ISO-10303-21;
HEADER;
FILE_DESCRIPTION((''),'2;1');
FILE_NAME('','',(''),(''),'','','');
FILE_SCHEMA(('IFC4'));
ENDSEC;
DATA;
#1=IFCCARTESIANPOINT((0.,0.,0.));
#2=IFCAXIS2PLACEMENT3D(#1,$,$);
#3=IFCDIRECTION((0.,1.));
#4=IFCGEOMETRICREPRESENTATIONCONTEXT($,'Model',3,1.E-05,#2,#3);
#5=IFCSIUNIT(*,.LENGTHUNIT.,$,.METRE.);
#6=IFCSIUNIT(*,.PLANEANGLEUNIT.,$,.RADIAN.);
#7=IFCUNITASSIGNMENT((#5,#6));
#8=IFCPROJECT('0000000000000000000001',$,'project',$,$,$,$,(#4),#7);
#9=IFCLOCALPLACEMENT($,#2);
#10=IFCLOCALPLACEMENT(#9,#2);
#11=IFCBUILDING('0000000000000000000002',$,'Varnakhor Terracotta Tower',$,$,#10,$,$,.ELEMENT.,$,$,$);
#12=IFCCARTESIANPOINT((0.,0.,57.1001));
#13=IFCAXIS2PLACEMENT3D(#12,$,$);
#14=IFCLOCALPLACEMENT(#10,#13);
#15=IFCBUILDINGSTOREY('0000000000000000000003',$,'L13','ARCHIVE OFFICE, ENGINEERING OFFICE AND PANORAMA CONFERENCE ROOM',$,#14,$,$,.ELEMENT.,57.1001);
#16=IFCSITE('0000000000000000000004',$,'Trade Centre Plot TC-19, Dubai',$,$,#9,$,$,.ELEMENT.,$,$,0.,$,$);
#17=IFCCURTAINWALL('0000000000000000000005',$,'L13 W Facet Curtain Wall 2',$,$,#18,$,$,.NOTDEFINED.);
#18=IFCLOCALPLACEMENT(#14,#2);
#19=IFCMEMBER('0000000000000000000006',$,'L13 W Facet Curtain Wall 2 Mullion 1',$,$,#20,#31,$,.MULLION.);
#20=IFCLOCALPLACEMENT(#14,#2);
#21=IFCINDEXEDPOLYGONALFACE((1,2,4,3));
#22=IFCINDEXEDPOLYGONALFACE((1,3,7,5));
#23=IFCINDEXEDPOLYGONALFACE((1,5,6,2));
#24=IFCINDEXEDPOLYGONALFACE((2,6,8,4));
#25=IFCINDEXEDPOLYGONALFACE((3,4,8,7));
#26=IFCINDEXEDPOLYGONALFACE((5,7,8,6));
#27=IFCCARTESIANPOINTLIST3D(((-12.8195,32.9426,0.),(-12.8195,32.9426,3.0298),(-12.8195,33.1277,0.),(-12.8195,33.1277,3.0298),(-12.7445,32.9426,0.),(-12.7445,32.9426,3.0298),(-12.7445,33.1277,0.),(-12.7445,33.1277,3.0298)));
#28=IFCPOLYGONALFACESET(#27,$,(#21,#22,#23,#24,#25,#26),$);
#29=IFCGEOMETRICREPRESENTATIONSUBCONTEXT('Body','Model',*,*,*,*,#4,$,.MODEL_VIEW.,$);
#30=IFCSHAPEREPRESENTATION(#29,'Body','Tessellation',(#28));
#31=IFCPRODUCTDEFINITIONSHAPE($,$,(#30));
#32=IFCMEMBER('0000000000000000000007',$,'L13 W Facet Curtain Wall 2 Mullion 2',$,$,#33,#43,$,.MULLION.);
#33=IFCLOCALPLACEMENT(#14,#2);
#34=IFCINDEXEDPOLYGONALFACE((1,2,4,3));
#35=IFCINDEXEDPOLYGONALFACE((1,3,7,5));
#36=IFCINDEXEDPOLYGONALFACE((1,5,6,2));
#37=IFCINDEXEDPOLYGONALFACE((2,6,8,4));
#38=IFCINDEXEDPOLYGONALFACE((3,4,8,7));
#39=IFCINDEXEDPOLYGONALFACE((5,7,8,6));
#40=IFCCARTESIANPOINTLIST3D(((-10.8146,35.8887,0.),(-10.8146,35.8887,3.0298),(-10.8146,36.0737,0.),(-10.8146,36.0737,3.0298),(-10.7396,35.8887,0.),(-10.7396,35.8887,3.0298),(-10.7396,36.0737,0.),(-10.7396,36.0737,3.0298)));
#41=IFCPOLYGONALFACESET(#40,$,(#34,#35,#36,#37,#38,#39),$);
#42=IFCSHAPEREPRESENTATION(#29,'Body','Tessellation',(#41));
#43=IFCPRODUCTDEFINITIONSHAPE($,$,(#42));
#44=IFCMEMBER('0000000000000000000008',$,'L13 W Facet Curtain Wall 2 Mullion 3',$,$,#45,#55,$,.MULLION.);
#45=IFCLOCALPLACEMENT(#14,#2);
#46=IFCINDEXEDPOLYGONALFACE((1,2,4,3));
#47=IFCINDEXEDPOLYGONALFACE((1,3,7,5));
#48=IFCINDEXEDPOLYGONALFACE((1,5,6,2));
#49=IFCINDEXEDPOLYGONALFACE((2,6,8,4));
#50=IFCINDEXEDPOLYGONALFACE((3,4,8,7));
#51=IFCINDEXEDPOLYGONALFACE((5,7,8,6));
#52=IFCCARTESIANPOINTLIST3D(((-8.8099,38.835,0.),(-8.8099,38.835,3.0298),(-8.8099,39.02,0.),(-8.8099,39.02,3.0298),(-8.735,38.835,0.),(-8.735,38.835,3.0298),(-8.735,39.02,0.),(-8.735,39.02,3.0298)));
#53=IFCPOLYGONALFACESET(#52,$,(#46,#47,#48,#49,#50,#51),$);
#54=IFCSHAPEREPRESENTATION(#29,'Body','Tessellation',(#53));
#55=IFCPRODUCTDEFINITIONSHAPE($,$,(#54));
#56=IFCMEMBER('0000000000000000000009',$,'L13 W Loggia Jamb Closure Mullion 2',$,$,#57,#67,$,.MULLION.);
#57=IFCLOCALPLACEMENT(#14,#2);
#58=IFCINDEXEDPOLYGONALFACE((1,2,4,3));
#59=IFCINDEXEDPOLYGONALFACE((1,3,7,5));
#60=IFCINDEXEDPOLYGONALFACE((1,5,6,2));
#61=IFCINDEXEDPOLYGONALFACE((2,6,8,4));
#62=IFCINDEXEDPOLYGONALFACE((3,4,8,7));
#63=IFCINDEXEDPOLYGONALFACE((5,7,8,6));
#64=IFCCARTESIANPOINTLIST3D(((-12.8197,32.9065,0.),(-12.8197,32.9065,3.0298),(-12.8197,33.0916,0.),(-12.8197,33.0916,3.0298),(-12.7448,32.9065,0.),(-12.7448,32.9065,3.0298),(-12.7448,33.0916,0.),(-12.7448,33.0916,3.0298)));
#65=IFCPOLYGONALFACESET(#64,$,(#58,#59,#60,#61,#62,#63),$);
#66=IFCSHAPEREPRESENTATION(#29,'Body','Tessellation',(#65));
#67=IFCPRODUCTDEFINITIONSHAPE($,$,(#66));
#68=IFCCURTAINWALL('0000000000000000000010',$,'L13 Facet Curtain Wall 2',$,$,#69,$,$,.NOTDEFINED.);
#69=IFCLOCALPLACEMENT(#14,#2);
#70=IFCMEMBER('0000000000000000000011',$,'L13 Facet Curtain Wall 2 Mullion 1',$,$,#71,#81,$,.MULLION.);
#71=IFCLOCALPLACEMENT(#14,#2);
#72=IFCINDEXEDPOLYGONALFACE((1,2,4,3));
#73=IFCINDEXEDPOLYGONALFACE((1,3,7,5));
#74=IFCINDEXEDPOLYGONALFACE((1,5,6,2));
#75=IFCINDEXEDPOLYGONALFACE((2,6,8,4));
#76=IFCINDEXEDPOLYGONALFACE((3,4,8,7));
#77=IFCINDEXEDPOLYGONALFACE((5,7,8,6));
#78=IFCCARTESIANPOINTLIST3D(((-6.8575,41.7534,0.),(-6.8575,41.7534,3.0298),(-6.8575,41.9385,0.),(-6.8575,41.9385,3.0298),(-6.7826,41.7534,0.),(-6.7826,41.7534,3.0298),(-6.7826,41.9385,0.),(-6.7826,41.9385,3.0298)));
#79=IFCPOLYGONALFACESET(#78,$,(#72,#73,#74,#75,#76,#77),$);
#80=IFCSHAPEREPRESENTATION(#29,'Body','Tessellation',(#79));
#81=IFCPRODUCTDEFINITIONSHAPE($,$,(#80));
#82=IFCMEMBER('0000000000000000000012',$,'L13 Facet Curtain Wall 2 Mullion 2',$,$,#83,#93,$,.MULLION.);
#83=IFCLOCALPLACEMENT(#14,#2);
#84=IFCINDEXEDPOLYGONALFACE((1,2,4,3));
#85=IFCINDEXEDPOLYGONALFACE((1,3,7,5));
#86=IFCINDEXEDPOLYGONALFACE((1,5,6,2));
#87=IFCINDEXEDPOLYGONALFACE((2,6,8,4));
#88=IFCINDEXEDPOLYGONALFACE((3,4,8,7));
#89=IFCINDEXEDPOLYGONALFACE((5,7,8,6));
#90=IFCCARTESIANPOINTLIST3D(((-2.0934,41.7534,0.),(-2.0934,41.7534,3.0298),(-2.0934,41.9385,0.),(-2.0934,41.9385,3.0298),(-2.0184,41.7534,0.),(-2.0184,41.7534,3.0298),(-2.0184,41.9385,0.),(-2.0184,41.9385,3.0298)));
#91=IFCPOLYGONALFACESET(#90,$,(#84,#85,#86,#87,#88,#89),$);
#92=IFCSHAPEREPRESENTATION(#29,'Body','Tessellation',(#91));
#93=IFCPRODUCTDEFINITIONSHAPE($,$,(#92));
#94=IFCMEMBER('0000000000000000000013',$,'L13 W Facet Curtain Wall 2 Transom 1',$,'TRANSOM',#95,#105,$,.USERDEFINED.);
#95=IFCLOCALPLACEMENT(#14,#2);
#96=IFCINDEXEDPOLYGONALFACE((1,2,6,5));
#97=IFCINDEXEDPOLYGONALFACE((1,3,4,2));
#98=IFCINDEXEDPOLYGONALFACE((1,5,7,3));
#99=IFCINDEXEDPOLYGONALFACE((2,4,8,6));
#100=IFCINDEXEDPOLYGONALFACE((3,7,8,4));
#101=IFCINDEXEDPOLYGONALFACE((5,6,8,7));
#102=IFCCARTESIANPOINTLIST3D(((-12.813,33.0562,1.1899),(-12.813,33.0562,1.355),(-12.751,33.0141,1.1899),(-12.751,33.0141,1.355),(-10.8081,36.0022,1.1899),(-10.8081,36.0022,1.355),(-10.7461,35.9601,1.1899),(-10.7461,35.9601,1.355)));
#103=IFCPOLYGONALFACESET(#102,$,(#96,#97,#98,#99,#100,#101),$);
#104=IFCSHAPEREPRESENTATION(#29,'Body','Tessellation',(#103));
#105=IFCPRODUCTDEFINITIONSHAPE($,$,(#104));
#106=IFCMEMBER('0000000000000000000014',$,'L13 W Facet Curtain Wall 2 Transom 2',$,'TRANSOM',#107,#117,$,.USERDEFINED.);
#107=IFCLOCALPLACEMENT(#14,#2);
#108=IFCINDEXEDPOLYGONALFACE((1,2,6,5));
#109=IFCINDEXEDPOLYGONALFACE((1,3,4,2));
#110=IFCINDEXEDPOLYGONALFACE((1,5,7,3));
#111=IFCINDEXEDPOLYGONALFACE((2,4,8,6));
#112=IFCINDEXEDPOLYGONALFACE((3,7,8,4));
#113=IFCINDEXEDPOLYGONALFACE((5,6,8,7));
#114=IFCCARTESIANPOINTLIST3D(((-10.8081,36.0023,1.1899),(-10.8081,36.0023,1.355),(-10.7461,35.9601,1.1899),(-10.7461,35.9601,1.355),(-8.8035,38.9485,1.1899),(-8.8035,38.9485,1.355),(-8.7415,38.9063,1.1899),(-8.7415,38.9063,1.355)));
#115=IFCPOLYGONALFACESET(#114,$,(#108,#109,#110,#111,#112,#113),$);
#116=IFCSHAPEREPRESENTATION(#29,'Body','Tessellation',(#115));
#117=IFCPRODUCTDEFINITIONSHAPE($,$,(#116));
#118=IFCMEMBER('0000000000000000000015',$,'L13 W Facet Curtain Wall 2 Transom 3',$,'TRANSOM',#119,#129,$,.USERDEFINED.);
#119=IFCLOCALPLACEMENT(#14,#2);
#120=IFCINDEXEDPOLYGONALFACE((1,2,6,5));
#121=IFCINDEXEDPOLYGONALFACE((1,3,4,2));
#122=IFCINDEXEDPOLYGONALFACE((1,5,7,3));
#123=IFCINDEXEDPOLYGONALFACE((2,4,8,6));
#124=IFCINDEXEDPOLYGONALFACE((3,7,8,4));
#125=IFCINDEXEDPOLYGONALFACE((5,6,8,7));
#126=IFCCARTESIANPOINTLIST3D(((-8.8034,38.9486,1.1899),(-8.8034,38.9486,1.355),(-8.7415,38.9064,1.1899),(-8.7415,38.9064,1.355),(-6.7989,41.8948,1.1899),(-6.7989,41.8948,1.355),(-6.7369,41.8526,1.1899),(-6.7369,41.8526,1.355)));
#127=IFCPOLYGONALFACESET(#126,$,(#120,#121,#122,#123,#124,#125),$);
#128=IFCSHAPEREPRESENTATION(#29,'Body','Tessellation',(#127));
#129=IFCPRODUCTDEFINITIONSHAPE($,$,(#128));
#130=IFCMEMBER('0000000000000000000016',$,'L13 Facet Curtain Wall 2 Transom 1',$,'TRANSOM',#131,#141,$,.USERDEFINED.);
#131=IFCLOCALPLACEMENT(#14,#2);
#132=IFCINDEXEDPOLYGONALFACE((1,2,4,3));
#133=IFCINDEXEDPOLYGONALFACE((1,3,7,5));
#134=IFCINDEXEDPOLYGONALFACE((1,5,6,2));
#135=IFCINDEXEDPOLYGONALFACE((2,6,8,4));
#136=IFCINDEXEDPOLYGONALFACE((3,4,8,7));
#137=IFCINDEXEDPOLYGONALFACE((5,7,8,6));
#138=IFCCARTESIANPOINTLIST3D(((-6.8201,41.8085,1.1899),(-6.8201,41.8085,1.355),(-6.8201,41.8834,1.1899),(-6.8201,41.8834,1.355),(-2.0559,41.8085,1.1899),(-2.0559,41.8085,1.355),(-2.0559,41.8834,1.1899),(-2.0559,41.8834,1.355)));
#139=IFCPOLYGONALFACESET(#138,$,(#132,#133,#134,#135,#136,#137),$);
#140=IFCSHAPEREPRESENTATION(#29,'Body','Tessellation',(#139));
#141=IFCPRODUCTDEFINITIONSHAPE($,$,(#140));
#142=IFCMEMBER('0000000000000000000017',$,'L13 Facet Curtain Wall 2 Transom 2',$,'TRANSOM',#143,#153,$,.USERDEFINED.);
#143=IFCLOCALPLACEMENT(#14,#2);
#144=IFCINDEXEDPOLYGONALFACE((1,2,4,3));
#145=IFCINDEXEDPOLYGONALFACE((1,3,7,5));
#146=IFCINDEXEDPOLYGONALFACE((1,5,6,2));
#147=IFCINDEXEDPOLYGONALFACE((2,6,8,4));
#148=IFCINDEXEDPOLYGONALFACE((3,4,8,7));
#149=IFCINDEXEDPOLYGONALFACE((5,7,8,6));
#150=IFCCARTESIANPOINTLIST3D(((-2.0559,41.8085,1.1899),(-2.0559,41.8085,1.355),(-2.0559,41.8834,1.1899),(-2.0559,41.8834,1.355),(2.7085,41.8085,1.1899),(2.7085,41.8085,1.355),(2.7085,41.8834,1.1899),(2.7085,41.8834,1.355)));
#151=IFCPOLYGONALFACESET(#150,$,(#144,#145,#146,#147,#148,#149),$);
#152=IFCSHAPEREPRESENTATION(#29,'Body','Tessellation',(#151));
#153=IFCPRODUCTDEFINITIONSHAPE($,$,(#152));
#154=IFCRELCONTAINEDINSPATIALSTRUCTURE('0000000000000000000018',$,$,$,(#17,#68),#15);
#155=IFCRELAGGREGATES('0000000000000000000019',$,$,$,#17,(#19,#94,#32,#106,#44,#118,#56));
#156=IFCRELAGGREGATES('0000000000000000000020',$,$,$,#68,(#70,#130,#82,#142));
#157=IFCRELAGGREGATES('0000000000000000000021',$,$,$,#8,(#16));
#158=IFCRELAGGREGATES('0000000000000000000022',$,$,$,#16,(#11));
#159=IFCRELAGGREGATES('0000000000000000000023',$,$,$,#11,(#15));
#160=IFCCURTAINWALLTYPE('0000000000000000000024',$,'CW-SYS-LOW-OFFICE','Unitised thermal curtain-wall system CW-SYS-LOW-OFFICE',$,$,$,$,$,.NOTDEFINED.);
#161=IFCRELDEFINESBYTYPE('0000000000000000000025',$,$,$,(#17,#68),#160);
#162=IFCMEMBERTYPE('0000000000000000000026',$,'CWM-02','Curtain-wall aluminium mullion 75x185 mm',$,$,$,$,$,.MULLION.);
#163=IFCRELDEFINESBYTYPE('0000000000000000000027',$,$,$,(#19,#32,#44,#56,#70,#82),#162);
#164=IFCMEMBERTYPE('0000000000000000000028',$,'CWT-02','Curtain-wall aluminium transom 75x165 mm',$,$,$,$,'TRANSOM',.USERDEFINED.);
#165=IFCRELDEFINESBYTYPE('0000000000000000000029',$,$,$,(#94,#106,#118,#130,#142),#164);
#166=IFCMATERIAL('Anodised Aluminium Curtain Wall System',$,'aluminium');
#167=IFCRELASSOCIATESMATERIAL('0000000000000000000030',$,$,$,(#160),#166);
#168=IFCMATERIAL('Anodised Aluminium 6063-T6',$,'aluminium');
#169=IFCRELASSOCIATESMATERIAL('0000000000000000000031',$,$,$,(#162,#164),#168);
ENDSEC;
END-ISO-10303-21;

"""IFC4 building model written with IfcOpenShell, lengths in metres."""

from ifc_helpers import new_model, si_unit, direction, frame, origin, origin_2d, place, context, subcontext, project, spatial, rectangle, extrude, source, transform, mapped, material, material_profile, profile_set, type_object, element, aggregate, save


model = new_model("IFC4")

# Units and contexts
model_context = context("Model", 3, precision=1e-05, world=origin(), true_north=direction((0.0, 1.0)))
body_context = subcontext(model_context, "Body", "Model", "MODEL_VIEW")
ifc_project = project(units=[si_unit("LENGTHUNIT", "METRE"), si_unit("PLANEANGLEUNIT", "RADIAN")], contexts=[model_context])

# Site, building, storey
site_placement = place(None, origin())
site = spatial("IfcSite", under=ifc_project, at=site_placement, Name="Trade Centre Plot TC-19, Dubai", CompositionType="ELEMENT", RefElevation=0.0)
building_placement = place(site_placement, origin())
building = spatial("IfcBuilding", under=site, at=building_placement, Name="Varnakhor Terracotta Tower", CompositionType="ELEMENT")
storey_placement = place(building_placement, frame((0.0, 0.0, 57.1001)))
storey = spatial("IfcBuildingStorey", under=building, at=storey_placement, Name="L13", Description="ARCHIVE OFFICE, ENGINEERING OFFICE AND PANORAMA CONFERENCE ROOM", CompositionType="ELEMENT", Elevation=57.1001)

# Curtain walls, members
ifc_material_1 = material(Name="Anodised Aluminium Curtain Wall System", Category="aluminium")
curtain_wall_type = type_object("IfcCurtainWallType", Name="CW-SYS-LOW-OFFICE", Description="Unitised thermal curtain-wall system CW-SYS-LOW-OFFICE", PredefinedType="NOTDEFINED", material=ifc_material_1)
curtain_wall_1_placement = place(storey_placement, origin())
curtain_wall_1 = element("IfcCurtainWall", 1, at=curtain_wall_1_placement, inside=storey, type_object=curtain_wall_type, Name="L13 W Facet Curtain Wall 2", PredefinedType="NOTDEFINED")
ifc_material_2 = material(Name="Anodised Aluminium 6063-T6", Category="aluminium")
ifc_material_profile_1 = material_profile(ifc_material_2, rectangle(XDim=0.075, YDim=0.1851, at=origin_2d()), Name="ALU MULLION 75x185")
ifc_profile_set_1 = profile_set([ifc_material_profile_1], Name="Anodised Aluminium 6063-T6")
member_type_1 = type_object("IfcMemberType", Name="CWM-02", Description="Curtain-wall aluminium mullion 75x185 mm", PredefinedType="MULLION", material=ifc_profile_set_1)
shared_shape_1 = source(origin(), body_context, "Body", "SweptSolid", [
    extrude(rectangle(XDim=0.075, YDim=0.1851, at=origin_2d()), origin(), (0.0, 0.0, 1.0), 3.0298),
])
member_1_placement = place(storey_placement, frame((-12.782, 33.0352, 0.0), z_axis=(0.0, 0.0, 1.0), x_axis=(1.0, 0.0, 0.0)))
member_1 = element("IfcMember", 2, at=member_1_placement, type_object=member_type_1, Name="L13 W Facet Curtain Wall 2 Mullion 1", PredefinedType="MULLION", context=body_context, shape_type="MappedRepresentation", body=[
    mapped(shared_shape_1, transform((0.0, 0.0, 0.0), scale=1.0)),
])
member_2_placement = place(storey_placement, frame((-10.7771, 35.9812, 0.0), z_axis=(0.0, 0.0, 1.0), x_axis=(1.0, 0.0, 0.0)))
member_2 = element("IfcMember", 3, at=member_2_placement, type_object=member_type_1, Name="L13 W Facet Curtain Wall 2 Mullion 2", PredefinedType="MULLION", context=body_context, shape_type="MappedRepresentation", body=[
    mapped(shared_shape_1, transform((0.0, 0.0, 0.0), scale=1.0)),
])
member_3_placement = place(storey_placement, frame((-8.7725, 38.9275, 0.0), z_axis=(0.0, 0.0, 1.0), x_axis=(1.0, 0.0, 0.0)))
member_3 = element("IfcMember", 4, at=member_3_placement, type_object=member_type_1, Name="L13 W Facet Curtain Wall 2 Mullion 3", PredefinedType="MULLION", context=body_context, shape_type="MappedRepresentation", body=[
    mapped(shared_shape_1, transform((0.0, 0.0, 0.0), scale=1.0)),
])
member_4_placement = place(storey_placement, frame((-12.7822, 32.999, 0.0), z_axis=(0.0, 0.0, 1.0), x_axis=(1.0, 0.0, 0.0)))
member_4 = element("IfcMember", 5, at=member_4_placement, type_object=member_type_1, Name="L13 W Loggia Jamb Closure Mullion 2", PredefinedType="MULLION", context=body_context, shape_type="MappedRepresentation", body=[
    mapped(shared_shape_1, transform((0.0, 0.0, 0.0), scale=1.0)),
])
curtain_wall_2_placement = place(storey_placement, origin())
curtain_wall_2 = element("IfcCurtainWall", 6, at=curtain_wall_2_placement, inside=storey, type_object=curtain_wall_type, Name="L13 Facet Curtain Wall 2", PredefinedType="NOTDEFINED")
member_5_placement = place(storey_placement, frame((-6.8201, 41.8459, 0.0), z_axis=(0.0, 0.0, 1.0), x_axis=(1.0, 0.0, 0.0)))
member_5 = element("IfcMember", 7, at=member_5_placement, type_object=member_type_1, Name="L13 Facet Curtain Wall 2 Mullion 1", PredefinedType="MULLION", context=body_context, shape_type="MappedRepresentation", body=[
    mapped(shared_shape_1, transform((0.0, 0.0, 0.0), scale=1.0)),
])
member_6_placement = place(storey_placement, frame((-2.0559, 41.8459, 0.0), z_axis=(0.0, 0.0, 1.0), x_axis=(1.0, 0.0, 0.0)))
member_6 = element("IfcMember", 8, at=member_6_placement, type_object=member_type_1, Name="L13 Facet Curtain Wall 2 Mullion 2", PredefinedType="MULLION", context=body_context, shape_type="MappedRepresentation", body=[
    mapped(shared_shape_1, transform((0.0, 0.0, 0.0), scale=1.0)),
])

# Members
ifc_material_profile_2 = material_profile(ifc_material_2, rectangle(XDim=0.075, YDim=0.165, at=origin_2d()), Name="ALU TRANSOM 75x165")
ifc_profile_set_2 = profile_set([ifc_material_profile_2], Name="Anodised Aluminium 6063-T6")
member_type_2 = type_object("IfcMemberType", Name="CWT-02", Description="Curtain-wall aluminium transom 75x165 mm", ElementType="TRANSOM", PredefinedType="USERDEFINED", material=ifc_profile_set_2)
shared_shape_2 = source(origin(), body_context, "Body", "SweptSolid", [
    extrude(rectangle(XDim=0.075, YDim=0.165, at=origin_2d()), origin(), (0.0, 0.0, 1.0), 3.5635),
])
member_7_placement = place(storey_placement, frame((-12.782, 33.0352, 1.2725), z_axis=(0.562612, 0.826721, 0.0), x_axis=(-0.826721, 0.562612, 0.0)))
member_7 = element("IfcMember", 9, at=member_7_placement, type_object=member_type_2, Name="L13 W Facet Curtain Wall 2 Transom 1", ObjectType="TRANSOM", PredefinedType="USERDEFINED", context=body_context, shape_type="MappedRepresentation", body=[
    mapped(shared_shape_2, transform((0.0, 0.0, 0.0), scale=1.0)),
])
member_8_placement = place(storey_placement, frame((-10.7771, 35.9812, 1.2725), z_axis=(0.562533, 0.826775, 0.0), x_axis=(-0.826775, 0.562533, 0.0)))
member_8 = element("IfcMember", 10, at=member_8_placement, type_object=member_type_2, Name="L13 W Facet Curtain Wall 2 Transom 2", ObjectType="TRANSOM", PredefinedType="USERDEFINED", context=body_context, shape_type="MappedRepresentation", body=[
    mapped(shared_shape_2, transform((0.0, 0.0, 0.0), scale=1.0)),
])
member_9_placement = place(storey_placement, frame((-8.7725, 38.9275, 1.2725), z_axis=(0.562533, 0.826775, 0.0), x_axis=(-0.826775, 0.562533, 0.0)))
member_9 = element("IfcMember", 11, at=member_9_placement, type_object=member_type_2, Name="L13 W Facet Curtain Wall 2 Transom 3", ObjectType="TRANSOM", PredefinedType="USERDEFINED", context=body_context, shape_type="MappedRepresentation", body=[
    mapped(shared_shape_2, transform((0.0, 0.0, 0.0), scale=1.0)),
])
shared_shape_3 = source(origin(), body_context, "Body", "SweptSolid", [
    extrude(rectangle(XDim=0.075, YDim=0.165, at=origin_2d()), origin(), (0.0, 0.0, 1.0), 4.7642),
])
member_10_placement = place(storey_placement, frame((-6.8201, 41.8459, 1.2725), z_axis=(1.0, 0.0, 0.0), x_axis=(0.0, 1.0, 0.0)))
member_10 = element("IfcMember", 12, at=member_10_placement, type_object=member_type_2, Name="L13 Facet Curtain Wall 2 Transom 1", ObjectType="TRANSOM", PredefinedType="USERDEFINED", context=body_context, shape_type="MappedRepresentation", body=[
    mapped(shared_shape_3, transform((0.0, 0.0, 0.0), scale=1.0)),
])
shared_shape_4 = source(origin(), body_context, "Body", "SweptSolid", [
    extrude(rectangle(XDim=0.075, YDim=0.165, at=origin_2d()), origin(), (0.0, 0.0, 1.0), 4.7644),
])
member_11_placement = place(storey_placement, frame((-2.0559, 41.8459, 1.2725), z_axis=(1.0, 0.0, 0.0), x_axis=(0.0, 1.0, 0.0)))
member_11 = element("IfcMember", 13, at=member_11_placement, type_object=member_type_2, Name="L13 Facet Curtain Wall 2 Transom 2", ObjectType="TRANSOM", PredefinedType="USERDEFINED", context=body_context, shape_type="MappedRepresentation", body=[
    mapped(shared_shape_4, transform((0.0, 0.0, 0.0), scale=1.0)),
])

aggregate(curtain_wall_1, [member_1, member_7, member_2, member_8, member_3, member_9, member_4])
aggregate(curtain_wall_2, [member_5, member_10, member_6, member_11])

save(model, "model.ifc")
